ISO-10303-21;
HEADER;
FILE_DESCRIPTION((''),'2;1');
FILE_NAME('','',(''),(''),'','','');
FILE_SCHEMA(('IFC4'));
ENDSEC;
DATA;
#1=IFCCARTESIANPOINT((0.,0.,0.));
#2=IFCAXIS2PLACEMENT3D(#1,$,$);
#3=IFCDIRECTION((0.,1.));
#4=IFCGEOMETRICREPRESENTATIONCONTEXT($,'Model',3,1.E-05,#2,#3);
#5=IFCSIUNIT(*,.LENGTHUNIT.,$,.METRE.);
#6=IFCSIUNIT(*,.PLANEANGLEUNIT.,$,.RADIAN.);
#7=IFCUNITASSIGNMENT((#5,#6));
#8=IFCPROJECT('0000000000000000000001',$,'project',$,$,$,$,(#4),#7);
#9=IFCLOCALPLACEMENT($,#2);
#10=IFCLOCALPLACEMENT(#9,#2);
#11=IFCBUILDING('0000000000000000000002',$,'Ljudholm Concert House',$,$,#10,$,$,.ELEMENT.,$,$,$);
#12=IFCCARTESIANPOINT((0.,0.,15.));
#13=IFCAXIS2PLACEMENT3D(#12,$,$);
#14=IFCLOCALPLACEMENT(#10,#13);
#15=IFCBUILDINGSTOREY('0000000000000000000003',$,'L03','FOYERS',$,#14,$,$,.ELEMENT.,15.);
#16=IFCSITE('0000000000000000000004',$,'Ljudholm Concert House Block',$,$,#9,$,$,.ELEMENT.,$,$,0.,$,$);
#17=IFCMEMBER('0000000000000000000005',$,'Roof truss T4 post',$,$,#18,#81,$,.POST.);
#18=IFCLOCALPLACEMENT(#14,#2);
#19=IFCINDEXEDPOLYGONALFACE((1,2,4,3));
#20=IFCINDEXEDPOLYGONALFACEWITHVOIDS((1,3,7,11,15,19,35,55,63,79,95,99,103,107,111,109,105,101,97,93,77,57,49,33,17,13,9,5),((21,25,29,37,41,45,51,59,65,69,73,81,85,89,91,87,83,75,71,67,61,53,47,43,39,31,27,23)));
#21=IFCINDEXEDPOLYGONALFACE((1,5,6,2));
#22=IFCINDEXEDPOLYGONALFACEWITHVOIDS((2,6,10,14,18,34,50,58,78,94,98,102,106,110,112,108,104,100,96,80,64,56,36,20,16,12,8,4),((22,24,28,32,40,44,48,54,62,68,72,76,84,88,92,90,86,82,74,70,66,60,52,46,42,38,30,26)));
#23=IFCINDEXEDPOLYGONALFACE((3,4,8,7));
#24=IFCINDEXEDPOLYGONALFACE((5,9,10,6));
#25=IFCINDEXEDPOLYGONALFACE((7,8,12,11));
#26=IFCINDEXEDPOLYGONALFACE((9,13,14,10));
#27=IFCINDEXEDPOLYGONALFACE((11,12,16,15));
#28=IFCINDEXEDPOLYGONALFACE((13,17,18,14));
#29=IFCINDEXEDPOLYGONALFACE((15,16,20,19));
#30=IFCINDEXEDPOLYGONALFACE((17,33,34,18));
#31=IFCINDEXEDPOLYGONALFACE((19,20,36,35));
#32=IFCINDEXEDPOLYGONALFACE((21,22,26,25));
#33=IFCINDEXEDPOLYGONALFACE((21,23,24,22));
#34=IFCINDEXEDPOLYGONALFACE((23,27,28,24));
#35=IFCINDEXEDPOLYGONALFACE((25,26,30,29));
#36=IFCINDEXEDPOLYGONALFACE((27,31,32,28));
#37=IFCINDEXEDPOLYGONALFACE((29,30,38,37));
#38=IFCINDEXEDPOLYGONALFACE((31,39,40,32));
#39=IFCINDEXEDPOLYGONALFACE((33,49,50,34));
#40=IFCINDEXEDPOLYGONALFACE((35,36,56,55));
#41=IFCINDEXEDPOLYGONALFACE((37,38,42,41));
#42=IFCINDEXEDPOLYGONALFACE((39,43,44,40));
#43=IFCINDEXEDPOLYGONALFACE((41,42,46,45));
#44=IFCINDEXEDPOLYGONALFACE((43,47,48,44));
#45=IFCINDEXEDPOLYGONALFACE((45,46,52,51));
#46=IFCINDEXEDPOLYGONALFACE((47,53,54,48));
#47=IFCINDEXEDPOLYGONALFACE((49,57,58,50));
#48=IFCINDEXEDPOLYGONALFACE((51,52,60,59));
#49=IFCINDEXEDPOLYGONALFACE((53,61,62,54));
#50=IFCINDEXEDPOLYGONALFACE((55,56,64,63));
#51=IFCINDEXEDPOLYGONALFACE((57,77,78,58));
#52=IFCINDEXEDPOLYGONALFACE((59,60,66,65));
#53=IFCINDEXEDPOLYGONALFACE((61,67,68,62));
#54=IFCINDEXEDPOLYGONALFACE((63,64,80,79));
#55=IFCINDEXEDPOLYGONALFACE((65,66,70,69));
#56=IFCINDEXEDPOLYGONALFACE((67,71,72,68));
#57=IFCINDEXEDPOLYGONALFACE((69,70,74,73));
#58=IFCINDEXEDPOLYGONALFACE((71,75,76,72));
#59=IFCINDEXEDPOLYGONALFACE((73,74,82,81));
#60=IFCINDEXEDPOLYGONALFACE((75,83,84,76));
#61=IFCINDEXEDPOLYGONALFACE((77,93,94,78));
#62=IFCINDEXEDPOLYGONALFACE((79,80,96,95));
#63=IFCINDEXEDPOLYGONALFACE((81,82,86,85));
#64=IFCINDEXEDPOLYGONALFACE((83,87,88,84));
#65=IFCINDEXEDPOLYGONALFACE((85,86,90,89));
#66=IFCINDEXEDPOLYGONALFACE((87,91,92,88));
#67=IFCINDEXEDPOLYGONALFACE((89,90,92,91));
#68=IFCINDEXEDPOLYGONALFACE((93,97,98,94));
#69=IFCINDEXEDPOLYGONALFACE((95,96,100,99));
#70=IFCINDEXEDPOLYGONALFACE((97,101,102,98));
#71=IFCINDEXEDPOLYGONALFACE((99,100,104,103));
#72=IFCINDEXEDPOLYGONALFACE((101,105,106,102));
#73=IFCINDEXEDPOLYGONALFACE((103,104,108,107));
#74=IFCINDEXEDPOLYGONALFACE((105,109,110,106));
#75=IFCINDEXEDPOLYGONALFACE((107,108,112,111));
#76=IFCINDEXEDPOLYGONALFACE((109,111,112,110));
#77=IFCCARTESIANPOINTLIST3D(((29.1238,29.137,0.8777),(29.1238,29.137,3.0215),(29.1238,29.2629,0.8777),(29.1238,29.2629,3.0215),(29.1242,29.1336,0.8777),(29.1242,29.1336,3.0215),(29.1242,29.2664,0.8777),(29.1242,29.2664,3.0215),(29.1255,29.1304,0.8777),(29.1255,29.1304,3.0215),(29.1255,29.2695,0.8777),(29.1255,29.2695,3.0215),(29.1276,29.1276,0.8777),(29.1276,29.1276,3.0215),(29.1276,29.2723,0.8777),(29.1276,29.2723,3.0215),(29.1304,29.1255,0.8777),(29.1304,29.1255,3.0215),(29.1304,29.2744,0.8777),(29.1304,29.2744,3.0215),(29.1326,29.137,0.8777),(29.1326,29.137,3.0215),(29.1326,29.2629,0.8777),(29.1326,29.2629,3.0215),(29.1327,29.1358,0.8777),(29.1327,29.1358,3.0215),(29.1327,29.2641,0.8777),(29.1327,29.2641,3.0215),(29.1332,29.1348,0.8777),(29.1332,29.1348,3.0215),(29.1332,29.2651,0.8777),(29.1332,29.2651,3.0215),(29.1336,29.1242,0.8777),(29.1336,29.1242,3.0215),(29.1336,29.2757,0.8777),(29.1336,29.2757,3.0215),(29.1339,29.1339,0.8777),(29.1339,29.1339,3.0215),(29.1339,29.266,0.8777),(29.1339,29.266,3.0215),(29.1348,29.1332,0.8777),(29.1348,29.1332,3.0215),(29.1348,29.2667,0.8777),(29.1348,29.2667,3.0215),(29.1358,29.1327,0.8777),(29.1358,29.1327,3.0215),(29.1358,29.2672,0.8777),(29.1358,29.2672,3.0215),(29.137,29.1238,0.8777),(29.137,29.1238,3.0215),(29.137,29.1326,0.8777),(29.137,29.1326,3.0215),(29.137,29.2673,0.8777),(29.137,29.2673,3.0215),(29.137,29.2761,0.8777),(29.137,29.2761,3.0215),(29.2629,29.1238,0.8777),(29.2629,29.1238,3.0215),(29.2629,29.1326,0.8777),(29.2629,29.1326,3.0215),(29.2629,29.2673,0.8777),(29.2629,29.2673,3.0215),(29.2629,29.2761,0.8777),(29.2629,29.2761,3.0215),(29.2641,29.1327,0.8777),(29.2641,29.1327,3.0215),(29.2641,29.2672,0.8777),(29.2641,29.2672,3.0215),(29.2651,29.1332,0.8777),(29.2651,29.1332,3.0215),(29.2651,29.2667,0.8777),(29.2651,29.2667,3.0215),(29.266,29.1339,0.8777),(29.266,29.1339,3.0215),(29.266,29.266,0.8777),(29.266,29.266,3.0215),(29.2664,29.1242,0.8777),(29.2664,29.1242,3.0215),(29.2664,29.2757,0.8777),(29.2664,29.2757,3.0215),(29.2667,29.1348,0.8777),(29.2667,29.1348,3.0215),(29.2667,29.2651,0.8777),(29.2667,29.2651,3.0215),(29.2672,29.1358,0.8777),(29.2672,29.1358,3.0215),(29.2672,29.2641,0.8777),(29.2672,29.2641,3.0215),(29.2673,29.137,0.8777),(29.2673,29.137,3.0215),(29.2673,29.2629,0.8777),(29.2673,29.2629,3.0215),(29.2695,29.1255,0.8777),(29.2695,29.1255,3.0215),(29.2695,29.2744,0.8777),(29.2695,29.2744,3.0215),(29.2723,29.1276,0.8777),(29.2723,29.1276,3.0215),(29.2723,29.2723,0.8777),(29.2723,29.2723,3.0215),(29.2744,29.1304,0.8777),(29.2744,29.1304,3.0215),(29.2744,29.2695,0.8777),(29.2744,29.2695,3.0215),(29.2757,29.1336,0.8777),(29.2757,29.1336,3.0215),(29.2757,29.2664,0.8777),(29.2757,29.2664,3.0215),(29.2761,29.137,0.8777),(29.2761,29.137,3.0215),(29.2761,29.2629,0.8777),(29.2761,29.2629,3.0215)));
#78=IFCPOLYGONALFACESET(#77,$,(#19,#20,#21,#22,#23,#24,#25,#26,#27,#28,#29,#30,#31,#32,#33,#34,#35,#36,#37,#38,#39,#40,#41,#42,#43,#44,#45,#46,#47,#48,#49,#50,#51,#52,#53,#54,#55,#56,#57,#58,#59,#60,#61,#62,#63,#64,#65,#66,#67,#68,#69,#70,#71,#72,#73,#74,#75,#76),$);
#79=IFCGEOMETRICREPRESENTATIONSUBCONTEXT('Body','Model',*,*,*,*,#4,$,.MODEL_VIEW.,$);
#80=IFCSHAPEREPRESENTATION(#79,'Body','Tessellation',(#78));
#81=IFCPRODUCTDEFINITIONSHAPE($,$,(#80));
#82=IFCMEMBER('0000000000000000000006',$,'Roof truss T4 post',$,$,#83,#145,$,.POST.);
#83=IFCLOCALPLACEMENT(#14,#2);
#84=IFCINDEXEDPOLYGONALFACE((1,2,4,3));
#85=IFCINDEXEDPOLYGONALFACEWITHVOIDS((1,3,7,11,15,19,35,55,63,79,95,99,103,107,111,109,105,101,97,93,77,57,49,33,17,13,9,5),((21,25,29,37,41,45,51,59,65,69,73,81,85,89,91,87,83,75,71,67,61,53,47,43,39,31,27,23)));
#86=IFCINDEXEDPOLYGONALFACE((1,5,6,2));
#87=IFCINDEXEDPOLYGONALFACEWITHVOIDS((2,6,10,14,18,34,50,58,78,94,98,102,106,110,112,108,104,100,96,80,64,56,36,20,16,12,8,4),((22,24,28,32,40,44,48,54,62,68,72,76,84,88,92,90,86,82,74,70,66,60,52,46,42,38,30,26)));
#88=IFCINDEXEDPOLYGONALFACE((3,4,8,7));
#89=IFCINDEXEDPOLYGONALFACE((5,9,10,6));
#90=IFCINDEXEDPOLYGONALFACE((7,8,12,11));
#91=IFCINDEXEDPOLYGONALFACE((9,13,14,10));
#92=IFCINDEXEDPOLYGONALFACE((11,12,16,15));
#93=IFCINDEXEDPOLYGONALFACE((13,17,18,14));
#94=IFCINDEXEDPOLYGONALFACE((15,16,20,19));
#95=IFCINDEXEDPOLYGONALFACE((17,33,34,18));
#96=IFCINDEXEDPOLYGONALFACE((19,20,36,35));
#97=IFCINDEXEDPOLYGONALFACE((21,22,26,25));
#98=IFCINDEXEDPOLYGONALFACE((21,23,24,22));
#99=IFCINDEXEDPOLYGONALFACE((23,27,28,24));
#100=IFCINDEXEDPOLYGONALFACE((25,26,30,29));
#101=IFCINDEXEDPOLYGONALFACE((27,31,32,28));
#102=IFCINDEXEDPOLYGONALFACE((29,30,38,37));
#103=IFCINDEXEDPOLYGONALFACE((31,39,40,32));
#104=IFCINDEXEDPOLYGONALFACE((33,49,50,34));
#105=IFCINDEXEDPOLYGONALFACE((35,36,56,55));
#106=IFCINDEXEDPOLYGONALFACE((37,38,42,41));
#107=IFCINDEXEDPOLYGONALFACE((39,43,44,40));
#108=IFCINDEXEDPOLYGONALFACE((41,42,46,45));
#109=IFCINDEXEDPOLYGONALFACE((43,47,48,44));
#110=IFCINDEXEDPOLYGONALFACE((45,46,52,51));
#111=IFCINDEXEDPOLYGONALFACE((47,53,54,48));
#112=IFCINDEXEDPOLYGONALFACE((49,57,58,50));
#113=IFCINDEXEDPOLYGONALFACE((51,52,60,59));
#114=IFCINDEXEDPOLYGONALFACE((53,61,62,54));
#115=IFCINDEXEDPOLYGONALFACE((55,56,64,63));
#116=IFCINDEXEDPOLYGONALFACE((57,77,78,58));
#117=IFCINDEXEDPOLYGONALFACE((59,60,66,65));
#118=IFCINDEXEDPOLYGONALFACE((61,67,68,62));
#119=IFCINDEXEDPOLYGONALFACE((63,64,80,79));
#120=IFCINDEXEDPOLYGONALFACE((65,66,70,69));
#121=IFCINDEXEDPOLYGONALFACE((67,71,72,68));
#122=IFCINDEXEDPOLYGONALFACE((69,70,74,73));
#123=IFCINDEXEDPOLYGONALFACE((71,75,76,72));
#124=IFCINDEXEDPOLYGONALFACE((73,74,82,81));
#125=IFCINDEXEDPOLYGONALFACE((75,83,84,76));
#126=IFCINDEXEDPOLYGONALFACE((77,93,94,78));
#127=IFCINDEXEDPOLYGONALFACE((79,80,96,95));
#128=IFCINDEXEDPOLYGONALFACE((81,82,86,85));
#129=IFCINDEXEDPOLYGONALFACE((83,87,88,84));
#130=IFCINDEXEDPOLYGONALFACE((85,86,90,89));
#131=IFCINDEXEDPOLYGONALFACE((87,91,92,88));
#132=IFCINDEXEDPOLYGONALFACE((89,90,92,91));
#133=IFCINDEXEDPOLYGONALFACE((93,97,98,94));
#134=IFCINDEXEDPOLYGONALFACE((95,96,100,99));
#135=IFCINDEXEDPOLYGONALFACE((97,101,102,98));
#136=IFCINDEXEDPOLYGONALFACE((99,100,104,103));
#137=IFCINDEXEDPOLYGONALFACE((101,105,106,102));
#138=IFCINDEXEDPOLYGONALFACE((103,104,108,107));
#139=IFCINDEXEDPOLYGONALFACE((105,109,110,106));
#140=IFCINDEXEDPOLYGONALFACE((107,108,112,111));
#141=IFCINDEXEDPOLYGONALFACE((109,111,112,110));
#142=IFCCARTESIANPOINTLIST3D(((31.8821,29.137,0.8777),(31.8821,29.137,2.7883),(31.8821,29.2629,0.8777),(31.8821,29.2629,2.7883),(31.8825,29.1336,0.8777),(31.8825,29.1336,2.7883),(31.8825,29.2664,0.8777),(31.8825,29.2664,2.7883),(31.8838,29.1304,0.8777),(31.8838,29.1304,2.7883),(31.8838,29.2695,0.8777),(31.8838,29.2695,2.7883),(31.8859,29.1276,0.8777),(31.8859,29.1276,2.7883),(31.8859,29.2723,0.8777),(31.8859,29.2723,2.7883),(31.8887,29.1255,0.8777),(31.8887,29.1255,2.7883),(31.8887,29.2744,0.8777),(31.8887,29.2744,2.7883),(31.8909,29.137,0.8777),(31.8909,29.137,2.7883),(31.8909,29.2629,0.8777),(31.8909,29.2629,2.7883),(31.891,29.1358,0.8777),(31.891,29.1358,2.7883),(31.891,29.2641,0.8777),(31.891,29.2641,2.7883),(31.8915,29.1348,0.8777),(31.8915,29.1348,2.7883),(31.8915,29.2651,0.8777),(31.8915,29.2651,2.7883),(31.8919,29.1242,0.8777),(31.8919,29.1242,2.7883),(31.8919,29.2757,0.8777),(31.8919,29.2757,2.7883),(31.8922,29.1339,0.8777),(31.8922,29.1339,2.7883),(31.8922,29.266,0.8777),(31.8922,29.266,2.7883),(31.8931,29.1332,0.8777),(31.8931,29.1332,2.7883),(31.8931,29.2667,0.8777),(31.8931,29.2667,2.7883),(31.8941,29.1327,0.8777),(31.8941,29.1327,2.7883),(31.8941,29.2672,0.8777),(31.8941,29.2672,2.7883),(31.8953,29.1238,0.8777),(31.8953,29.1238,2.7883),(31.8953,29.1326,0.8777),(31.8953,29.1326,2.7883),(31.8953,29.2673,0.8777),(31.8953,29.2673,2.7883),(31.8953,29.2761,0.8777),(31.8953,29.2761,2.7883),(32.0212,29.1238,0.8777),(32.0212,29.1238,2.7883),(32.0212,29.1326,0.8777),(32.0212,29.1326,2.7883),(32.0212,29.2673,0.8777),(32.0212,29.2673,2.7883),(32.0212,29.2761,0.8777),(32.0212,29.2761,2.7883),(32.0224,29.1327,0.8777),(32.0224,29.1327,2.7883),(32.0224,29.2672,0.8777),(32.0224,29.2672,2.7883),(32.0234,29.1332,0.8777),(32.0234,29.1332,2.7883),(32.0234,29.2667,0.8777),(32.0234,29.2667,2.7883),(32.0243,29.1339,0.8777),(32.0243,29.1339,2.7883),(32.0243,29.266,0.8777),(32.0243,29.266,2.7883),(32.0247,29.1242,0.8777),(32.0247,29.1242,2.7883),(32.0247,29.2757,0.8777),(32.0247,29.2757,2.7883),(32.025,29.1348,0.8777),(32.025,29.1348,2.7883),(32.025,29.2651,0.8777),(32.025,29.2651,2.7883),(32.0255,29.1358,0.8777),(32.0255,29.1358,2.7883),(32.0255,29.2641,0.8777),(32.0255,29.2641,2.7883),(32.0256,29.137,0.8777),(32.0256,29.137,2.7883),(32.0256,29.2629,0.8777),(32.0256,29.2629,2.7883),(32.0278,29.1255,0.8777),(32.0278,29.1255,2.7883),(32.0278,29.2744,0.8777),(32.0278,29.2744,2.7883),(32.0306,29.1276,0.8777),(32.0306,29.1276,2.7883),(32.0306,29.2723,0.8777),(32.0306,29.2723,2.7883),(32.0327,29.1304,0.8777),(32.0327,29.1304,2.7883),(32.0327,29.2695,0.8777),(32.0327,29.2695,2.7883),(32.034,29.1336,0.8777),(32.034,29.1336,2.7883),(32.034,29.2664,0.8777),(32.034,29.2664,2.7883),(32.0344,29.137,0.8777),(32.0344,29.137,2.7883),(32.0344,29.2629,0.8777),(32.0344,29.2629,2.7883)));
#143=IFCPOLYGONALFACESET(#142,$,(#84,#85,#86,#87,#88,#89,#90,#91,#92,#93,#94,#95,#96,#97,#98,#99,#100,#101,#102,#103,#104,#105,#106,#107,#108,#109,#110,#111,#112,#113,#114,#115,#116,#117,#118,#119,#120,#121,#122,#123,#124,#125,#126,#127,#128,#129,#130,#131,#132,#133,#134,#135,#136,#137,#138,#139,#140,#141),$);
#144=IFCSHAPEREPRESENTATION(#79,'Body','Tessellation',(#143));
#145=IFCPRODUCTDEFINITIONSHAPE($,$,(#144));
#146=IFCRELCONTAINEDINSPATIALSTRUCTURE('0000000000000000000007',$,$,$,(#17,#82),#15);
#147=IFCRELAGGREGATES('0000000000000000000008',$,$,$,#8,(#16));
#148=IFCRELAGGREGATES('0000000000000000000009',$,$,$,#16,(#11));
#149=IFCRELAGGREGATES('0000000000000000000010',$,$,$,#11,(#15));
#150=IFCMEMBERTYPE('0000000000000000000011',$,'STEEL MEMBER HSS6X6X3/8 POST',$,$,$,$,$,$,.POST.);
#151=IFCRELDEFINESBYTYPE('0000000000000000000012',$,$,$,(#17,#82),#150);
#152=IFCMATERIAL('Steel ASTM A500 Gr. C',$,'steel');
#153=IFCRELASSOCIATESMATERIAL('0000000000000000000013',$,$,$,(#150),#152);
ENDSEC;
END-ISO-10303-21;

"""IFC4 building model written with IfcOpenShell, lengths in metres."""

from ifc_helpers import new_model, si_unit, direction, frame, origin, origin_2d, place, context, subcontext, project, spatial, hollow_rectangle, extrude, material, material_profile, profile_set, type_object, element, save


model = new_model("IFC4")

# Units and contexts
model_context = context("Model", 3, precision=1e-05, world=origin(), true_north=direction((0.0, 1.0)))
body_context = subcontext(model_context, "Body", "Model", "MODEL_VIEW")
ifc_project = project(units=[si_unit("LENGTHUNIT", "METRE"), si_unit("PLANEANGLEUNIT", "RADIAN")], contexts=[model_context])

# Site, building, storey
site_placement = place(None, origin())
site = spatial("IfcSite", under=ifc_project, at=site_placement, Name="Ljudholm Concert House Block", CompositionType="ELEMENT", RefElevation=0.0)
building_placement = place(site_placement, origin())
building = spatial("IfcBuilding", under=site, at=building_placement, Name="Ljudholm Concert House", CompositionType="ELEMENT")
storey_placement = place(building_placement, frame((0.0, 0.0, 15.0)))
storey = spatial("IfcBuildingStorey", under=building, at=storey_placement, Name="L03", Description="FOYERS", CompositionType="ELEMENT", Elevation=15.0)

# Members
ifc_material_1 = material(Name="Steel ASTM A500 Gr. C", Category="steel")
ifc_material_profile_1 = material_profile(ifc_material_1, hollow_rectangle(XDim=0.1523, YDim=0.1523, WallThickness=0.0088, InnerFilletRadius=0.0044, OuterFilletRadius=0.0132, at=origin_2d()), Name="HSS6X6X3/8")
ifc_profile_set_1 = profile_set([ifc_material_profile_1], Name="Steel ASTM A500 Gr. C")
member_type_1 = type_object("IfcMemberType", Name="STEEL MEMBER HSS6X6X3/8 POST", PredefinedType="POST", material=ifc_profile_set_1)
member_1_placement = place(storey_placement, frame((29.2, 29.2, 0.8777), z_axis=(0.0, 0.0, 1.0), x_axis=(1.0, 0.0, 0.0)))
element("IfcMember", 1, at=member_1_placement, inside=storey, type_object=member_type_1, Name="Roof truss T4 post", PredefinedType="POST", context=body_context, shape_type="SweptSolid", body=[
    extrude(hollow_rectangle(XDim=0.1523, YDim=0.1523, WallThickness=0.0088, InnerFilletRadius=0.0044, OuterFilletRadius=0.0132, at=origin_2d()), origin(), (0.0, 0.0, 1.0), 2.1438),
])
member_2_placement = place(storey_placement, frame((31.9583, 29.2, 0.8777), z_axis=(0.0, 0.0, 1.0), x_axis=(1.0, 0.0, 0.0)))
element("IfcMember", 2, at=member_2_placement, inside=storey, type_object=member_type_1, Name="Roof truss T4 post", PredefinedType="POST", context=body_context, shape_type="SweptSolid", body=[
    extrude(hollow_rectangle(XDim=0.1523, YDim=0.1523, WallThickness=0.0088, InnerFilletRadius=0.0044, OuterFilletRadius=0.0132, at=origin_2d()), origin(), (0.0, 0.0, 1.0), 1.9106),
])

save(model, "model.ifc")
